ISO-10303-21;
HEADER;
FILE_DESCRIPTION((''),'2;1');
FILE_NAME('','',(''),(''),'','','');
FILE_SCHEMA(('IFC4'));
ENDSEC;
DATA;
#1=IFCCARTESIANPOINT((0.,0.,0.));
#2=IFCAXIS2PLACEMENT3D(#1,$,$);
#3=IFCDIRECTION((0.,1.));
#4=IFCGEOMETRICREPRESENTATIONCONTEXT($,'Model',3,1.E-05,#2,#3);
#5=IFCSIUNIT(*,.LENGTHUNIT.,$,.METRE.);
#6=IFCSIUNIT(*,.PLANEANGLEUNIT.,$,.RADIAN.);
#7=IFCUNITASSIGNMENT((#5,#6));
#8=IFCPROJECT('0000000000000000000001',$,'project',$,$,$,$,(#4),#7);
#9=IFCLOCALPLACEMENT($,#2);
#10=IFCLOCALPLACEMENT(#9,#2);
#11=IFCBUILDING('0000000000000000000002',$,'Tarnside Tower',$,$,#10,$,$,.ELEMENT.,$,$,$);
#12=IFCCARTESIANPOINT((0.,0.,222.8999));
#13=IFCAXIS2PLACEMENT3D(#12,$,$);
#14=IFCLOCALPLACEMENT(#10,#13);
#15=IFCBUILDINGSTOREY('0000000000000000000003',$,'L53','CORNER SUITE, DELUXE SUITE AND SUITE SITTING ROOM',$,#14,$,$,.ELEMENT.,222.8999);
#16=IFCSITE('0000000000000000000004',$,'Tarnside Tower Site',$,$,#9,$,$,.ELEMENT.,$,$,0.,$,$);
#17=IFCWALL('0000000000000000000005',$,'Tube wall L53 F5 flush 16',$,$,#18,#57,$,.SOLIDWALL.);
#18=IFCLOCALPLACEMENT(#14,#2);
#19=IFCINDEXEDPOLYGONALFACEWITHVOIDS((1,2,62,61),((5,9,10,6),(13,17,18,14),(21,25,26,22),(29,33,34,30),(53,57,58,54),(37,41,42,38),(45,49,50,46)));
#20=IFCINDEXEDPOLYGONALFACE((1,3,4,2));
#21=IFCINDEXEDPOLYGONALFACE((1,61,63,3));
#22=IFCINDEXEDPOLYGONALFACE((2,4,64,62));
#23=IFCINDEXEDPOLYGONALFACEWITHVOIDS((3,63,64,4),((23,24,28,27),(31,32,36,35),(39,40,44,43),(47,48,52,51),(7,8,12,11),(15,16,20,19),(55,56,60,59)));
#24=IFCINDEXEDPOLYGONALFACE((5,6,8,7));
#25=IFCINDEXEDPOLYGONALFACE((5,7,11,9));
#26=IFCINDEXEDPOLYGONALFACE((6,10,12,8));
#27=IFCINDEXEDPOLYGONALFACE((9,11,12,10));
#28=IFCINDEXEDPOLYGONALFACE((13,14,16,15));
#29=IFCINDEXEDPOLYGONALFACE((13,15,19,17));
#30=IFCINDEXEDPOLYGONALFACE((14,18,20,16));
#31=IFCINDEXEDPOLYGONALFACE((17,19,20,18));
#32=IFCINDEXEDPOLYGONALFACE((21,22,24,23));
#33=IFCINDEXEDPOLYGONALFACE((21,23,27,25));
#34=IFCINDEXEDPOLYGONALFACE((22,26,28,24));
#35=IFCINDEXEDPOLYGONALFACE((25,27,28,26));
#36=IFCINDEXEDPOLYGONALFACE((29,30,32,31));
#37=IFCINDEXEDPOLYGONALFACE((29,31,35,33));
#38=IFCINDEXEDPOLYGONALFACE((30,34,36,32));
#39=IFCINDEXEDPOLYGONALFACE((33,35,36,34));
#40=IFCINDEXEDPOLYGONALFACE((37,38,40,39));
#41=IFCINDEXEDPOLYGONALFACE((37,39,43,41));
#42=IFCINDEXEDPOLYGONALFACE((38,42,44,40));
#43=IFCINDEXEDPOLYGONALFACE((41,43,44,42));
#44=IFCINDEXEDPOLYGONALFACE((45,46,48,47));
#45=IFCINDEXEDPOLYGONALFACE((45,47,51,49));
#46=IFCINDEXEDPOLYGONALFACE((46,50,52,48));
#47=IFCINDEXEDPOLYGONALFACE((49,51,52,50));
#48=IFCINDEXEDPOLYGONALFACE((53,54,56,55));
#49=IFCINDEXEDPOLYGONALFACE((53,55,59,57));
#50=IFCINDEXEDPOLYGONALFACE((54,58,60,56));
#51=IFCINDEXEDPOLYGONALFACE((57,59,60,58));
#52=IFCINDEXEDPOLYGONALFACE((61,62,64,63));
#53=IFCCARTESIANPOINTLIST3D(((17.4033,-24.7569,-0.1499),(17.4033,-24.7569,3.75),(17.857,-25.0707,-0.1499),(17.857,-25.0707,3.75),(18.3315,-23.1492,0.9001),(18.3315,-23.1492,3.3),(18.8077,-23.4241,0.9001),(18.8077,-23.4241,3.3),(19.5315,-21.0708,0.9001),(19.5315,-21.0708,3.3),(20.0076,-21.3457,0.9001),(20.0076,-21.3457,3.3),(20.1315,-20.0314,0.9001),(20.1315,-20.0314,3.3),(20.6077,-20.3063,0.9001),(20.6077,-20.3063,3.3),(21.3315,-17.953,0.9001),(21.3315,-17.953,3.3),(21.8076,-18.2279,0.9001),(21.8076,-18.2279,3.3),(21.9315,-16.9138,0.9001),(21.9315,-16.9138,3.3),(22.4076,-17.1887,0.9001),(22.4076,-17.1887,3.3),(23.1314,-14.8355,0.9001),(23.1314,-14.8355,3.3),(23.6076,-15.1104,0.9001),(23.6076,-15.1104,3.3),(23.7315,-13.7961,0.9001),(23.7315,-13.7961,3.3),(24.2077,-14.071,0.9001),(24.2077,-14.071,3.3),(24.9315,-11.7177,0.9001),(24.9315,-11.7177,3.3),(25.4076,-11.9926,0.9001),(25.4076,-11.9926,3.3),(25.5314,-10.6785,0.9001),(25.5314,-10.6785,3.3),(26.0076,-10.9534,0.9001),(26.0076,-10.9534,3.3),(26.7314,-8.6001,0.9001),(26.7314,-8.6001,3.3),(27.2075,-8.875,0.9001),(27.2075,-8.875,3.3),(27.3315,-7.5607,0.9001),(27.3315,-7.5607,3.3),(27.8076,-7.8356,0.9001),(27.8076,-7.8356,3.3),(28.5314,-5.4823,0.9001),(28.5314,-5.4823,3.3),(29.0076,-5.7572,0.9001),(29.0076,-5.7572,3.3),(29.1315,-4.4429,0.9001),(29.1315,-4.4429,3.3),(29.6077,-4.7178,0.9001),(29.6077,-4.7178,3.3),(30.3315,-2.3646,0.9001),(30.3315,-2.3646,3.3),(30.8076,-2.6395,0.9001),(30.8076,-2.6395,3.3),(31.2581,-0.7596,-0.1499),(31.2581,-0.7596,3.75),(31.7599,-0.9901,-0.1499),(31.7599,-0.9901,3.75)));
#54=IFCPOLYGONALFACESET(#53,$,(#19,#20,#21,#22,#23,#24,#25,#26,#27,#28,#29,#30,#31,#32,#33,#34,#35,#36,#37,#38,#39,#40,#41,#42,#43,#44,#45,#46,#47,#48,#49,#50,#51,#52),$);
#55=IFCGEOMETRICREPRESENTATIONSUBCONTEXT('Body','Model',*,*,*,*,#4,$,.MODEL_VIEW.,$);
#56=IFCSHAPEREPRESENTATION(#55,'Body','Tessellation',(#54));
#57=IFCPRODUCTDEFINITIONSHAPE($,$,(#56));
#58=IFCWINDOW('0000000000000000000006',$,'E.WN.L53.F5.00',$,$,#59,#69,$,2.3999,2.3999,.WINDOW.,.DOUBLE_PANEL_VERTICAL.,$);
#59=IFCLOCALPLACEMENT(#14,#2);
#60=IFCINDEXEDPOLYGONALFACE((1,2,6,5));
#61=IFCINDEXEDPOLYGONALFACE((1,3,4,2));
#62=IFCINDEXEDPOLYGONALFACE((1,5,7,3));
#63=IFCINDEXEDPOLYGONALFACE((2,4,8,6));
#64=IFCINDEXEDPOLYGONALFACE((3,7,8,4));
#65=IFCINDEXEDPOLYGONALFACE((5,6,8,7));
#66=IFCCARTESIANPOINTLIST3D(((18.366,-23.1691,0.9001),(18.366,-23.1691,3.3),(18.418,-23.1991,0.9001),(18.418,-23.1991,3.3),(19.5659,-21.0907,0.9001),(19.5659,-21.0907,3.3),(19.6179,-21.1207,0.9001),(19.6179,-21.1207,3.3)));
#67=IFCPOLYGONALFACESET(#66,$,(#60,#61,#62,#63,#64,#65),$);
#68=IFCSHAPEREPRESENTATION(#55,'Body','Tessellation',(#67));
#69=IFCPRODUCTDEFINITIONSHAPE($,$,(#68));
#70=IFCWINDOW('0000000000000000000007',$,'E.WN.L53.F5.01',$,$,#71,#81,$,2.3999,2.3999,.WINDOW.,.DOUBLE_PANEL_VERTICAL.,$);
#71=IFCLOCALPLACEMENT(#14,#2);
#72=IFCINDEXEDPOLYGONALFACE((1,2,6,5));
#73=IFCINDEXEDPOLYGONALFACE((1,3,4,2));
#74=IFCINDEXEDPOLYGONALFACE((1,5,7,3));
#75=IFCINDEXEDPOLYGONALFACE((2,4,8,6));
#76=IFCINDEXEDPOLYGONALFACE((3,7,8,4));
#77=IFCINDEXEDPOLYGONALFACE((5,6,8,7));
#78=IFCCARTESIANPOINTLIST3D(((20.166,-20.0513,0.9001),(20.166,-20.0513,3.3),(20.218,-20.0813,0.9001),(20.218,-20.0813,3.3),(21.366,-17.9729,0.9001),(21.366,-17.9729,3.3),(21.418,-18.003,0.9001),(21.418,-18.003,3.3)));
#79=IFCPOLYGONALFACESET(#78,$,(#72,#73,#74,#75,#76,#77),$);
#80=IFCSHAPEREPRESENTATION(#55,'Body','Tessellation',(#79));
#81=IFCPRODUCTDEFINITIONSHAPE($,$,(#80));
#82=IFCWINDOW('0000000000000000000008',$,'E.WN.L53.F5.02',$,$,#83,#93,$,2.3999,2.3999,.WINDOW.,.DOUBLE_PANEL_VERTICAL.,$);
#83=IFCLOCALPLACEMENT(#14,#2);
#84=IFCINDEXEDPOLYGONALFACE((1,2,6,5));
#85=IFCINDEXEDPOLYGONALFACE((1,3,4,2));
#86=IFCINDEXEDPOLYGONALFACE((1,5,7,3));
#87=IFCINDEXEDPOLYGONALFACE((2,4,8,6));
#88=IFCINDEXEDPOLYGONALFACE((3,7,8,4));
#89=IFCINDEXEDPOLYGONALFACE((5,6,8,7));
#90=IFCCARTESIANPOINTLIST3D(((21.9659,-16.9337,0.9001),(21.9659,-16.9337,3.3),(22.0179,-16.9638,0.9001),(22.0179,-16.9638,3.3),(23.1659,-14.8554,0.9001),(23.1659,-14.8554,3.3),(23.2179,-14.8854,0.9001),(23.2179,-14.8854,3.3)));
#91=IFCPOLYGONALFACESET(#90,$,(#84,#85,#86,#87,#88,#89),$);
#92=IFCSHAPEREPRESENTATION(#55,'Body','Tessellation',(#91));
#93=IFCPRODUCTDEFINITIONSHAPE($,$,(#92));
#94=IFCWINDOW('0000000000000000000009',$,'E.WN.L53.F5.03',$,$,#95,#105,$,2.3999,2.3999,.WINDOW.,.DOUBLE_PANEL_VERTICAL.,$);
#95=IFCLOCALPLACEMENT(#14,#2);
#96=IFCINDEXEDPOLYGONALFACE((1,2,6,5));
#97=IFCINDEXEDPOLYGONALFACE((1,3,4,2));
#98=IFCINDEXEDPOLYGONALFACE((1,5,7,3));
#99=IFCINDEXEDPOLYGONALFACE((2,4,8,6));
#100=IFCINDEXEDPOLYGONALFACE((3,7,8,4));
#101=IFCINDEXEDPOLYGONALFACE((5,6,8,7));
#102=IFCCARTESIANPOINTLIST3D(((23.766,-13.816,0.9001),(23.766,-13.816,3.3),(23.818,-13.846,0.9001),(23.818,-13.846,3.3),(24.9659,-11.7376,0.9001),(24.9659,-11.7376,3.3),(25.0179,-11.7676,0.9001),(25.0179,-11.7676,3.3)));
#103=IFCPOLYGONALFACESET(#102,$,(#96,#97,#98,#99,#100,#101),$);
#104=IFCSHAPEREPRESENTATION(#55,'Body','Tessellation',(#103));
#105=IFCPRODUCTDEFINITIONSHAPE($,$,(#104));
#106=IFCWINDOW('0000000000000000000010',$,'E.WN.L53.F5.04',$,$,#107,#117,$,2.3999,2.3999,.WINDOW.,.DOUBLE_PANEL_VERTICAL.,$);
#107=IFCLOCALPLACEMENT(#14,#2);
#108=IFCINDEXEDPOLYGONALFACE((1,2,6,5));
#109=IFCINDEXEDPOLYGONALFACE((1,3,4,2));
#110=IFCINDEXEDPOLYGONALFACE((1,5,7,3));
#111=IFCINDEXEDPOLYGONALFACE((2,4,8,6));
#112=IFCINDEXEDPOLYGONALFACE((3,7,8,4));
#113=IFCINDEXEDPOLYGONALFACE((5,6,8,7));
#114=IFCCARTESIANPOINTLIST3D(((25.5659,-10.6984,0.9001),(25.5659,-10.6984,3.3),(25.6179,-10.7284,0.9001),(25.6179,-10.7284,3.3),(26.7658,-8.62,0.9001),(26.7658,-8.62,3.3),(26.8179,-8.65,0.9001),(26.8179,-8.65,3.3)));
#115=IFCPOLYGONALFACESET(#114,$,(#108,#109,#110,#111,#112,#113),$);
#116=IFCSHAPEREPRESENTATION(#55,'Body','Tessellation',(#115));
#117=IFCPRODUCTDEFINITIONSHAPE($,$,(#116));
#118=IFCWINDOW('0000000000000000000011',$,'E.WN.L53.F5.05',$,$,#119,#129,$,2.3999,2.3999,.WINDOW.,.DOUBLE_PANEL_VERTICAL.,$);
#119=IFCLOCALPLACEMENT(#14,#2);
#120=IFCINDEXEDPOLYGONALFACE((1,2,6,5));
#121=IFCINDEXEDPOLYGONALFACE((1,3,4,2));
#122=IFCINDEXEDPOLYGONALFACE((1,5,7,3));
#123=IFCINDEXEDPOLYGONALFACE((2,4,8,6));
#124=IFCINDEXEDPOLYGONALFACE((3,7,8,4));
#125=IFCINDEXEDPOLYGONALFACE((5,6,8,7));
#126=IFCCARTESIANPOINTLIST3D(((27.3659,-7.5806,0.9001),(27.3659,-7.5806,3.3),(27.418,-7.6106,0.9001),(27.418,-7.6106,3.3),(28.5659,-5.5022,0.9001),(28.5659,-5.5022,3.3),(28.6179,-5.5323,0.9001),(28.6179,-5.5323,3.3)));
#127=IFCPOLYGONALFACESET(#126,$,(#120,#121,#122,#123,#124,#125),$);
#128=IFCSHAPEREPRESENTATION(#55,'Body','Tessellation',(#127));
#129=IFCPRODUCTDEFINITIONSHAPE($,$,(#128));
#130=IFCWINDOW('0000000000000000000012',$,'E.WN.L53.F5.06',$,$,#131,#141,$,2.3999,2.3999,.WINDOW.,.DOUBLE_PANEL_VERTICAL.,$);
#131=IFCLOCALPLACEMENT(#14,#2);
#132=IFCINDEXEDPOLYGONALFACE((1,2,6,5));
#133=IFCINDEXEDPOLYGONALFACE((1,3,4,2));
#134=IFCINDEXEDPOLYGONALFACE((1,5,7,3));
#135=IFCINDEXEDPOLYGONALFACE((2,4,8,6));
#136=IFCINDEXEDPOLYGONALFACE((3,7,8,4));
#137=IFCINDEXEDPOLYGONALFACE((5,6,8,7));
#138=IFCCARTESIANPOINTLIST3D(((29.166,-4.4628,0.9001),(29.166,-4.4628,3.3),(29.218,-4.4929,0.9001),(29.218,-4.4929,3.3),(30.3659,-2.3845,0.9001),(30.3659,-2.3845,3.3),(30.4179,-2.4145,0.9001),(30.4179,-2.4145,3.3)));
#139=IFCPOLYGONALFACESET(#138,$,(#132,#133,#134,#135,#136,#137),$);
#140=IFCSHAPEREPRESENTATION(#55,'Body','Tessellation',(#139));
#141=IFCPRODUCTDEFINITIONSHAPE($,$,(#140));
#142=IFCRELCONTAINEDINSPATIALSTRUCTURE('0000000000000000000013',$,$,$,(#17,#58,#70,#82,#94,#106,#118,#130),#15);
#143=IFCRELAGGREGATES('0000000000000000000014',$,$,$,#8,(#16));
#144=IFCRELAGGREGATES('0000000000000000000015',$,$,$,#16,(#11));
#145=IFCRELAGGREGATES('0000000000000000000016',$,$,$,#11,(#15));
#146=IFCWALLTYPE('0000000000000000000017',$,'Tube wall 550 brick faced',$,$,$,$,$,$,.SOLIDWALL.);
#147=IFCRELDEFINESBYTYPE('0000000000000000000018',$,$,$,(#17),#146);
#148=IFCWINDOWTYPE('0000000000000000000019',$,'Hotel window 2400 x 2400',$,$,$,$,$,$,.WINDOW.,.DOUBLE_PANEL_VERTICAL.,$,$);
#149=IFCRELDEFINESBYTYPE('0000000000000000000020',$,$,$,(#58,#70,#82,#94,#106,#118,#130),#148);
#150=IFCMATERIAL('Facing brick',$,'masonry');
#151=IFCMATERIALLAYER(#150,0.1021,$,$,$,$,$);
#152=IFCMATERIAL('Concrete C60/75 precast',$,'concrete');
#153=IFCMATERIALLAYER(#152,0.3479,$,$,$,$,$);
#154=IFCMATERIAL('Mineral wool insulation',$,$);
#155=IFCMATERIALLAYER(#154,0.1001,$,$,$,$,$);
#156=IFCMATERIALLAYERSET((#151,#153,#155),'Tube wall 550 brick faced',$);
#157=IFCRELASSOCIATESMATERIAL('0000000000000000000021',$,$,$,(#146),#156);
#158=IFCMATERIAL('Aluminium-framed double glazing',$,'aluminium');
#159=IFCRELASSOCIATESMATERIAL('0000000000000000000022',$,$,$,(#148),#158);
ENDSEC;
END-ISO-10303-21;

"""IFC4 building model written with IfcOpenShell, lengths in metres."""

from ifc_helpers import new_model, si_unit, direction, frame, frame_2d, origin, place, context, subcontext, project, spatial, polyline, rectangle, outline, extrude, material, layer, layer_set, type_object, element, fill, save


model = new_model("IFC4")

# Units and contexts
model_context = context("Model", 3, precision=1e-05, world=origin(), true_north=direction((0.0, 1.0)))
body_context = subcontext(model_context, "Body", "Model", "MODEL_VIEW")
ifc_project = project(units=[si_unit("LENGTHUNIT", "METRE"), si_unit("PLANEANGLEUNIT", "RADIAN")], contexts=[model_context])

# Site, building, storey
site_placement = place(None, origin())
site = spatial("IfcSite", under=ifc_project, at=site_placement, Name="Tarnside Tower Site", CompositionType="ELEMENT", RefElevation=0.0)
building_placement = place(site_placement, origin())
building = spatial("IfcBuilding", under=site, at=building_placement, Name="Tarnside Tower", CompositionType="ELEMENT")
storey_placement = place(building_placement, frame((0.0, 0.0, 222.8999)))
storey = spatial("IfcBuildingStorey", under=building, at=storey_placement, Name="L53", Description="CORNER SUITE, DELUXE SUITE AND SUITE SITTING ROOM", CompositionType="ELEMENT", Elevation=222.8999)

# Shared definitions
ifc_material_1 = material(Name="Facing brick", Category="masonry")
ifc_layer_1 = layer(ifc_material_1, 0.1021)
ifc_material_2 = material(Name="Concrete C60/75 precast", Category="concrete")
ifc_layer_2 = layer(ifc_material_2, 0.3479)
ifc_material_3 = material(Name="Mineral wool insulation")
ifc_layer_3 = layer(ifc_material_3, 0.1001)
ifc_layer_set_1 = layer_set([ifc_layer_1, ifc_layer_2, ifc_layer_3], Name="Tube wall 550 brick faced")
wall_type_1 = type_object("IfcWallType", Name="Tube wall 550 brick faced", PredefinedType="SOLIDWALL", material=ifc_layer_set_1)

# Wall, openings, windows
wall_1_placement = place(storey_placement, frame((17.6301, -24.9138, -0.1499), z_axis=(0.0, 0.0, 1.0), x_axis=(0.499999, 0.866026, 0.0)))
wall_1 = element("IfcWall", 1, at=wall_1_placement, inside=storey, type_object=wall_type_1, Name="Tube wall L53 F5 flush 16", PredefinedType="SOLIDWALL", context=body_context, shape_type="SweptSolid", body=[
    extrude(outline(polyline([(-0.0225, -0.2749), (27.7834, -0.2749), (27.7322, 0.2749), (0.0225, 0.2749), (-0.0225, -0.2749)])), origin(), (0.0, 0.0, 1.0), 3.8999),
])
opening_1_placement = place(wall_1_placement, frame((1.8789, 0.0, 1.05)))
opening_1 = element("IfcOpeningElement", 2, at=opening_1_placement, cuts=wall_1, PredefinedType="OPENING", context=body_context, shape_type="SweptSolid", body=[
    extrude(rectangle(XDim=2.3999, YDim=2.3999, at=frame_2d((1.2, 1.2))), frame((0.0, 0.2852, 0.0), z_axis=(0.0, -1.0, 0.0), x_axis=(1.0, 0.0, 0.0)), (0.0, 0.0, 1.0), 0.5701),
])
opening_2_placement = place(wall_1_placement, frame((5.479, 0.0, 1.05)))
opening_2 = element("IfcOpeningElement", 3, at=opening_2_placement, cuts=wall_1, PredefinedType="OPENING", context=body_context, shape_type="SweptSolid", body=[
    extrude(rectangle(XDim=2.3999, YDim=2.3999, at=frame_2d((1.2, 1.2))), frame((0.0, 0.2852, 0.0), z_axis=(0.0, -1.0, 0.0), x_axis=(1.0, 0.0, 0.0)), (0.0, 0.0, 1.0), 0.5701),
])
opening_3_placement = place(wall_1_placement, frame((9.0789, 0.0, 1.05)))
opening_3 = element("IfcOpeningElement", 4, at=opening_3_placement, cuts=wall_1, PredefinedType="OPENING", context=body_context, shape_type="SweptSolid", body=[
    extrude(rectangle(XDim=2.3999, YDim=2.3999, at=frame_2d((1.2, 1.2))), frame((0.0, 0.2852, 0.0), z_axis=(0.0, -1.0, 0.0), x_axis=(1.0, 0.0, 0.0)), (0.0, 0.0, 1.0), 0.5701),
])
opening_4_placement = place(wall_1_placement, frame((12.679, 0.0, 1.05)))
opening_4 = element("IfcOpeningElement", 5, at=opening_4_placement, cuts=wall_1, PredefinedType="OPENING", context=body_context, shape_type="SweptSolid", body=[
    extrude(rectangle(XDim=2.3999, YDim=2.3999, at=frame_2d((1.2, 1.2))), frame((0.0, 0.2852, 0.0), z_axis=(0.0, -1.0, 0.0), x_axis=(1.0, 0.0, 0.0)), (0.0, 0.0, 1.0), 0.5701),
])
opening_5_placement = place(wall_1_placement, frame((16.2788, 0.0, 1.05)))
opening_5 = element("IfcOpeningElement", 6, at=opening_5_placement, cuts=wall_1, PredefinedType="OPENING", context=body_context, shape_type="SweptSolid", body=[
    extrude(rectangle(XDim=2.3999, YDim=2.3999, at=frame_2d((1.2, 1.2))), frame((0.0, 0.2852, 0.0), z_axis=(0.0, -1.0, 0.0), x_axis=(1.0, 0.0, 0.0)), (0.0, 0.0, 1.0), 0.5701),
])
opening_6_placement = place(wall_1_placement, frame((19.8789, 0.0, 1.05)))
opening_6 = element("IfcOpeningElement", 7, at=opening_6_placement, cuts=wall_1, PredefinedType="OPENING", context=body_context, shape_type="SweptSolid", body=[
    extrude(rectangle(XDim=2.3999, YDim=2.3999, at=frame_2d((1.2, 1.2))), frame((0.0, 0.2852, 0.0), z_axis=(0.0, -1.0, 0.0), x_axis=(1.0, 0.0, 0.0)), (0.0, 0.0, 1.0), 0.5701),
])
opening_7_placement = place(wall_1_placement, frame((23.479, 0.0, 1.05)))
opening_7 = element("IfcOpeningElement", 8, at=opening_7_placement, cuts=wall_1, PredefinedType="OPENING", context=body_context, shape_type="SweptSolid", body=[
    extrude(rectangle(XDim=2.3999, YDim=2.3999, at=frame_2d((1.2, 1.2))), frame((0.0, 0.2852, 0.0), z_axis=(0.0, -1.0, 0.0), x_axis=(1.0, 0.0, 0.0)), (0.0, 0.0, 1.0), 0.5701),
])
ifc_material_4 = material(Name="Aluminium-framed double glazing", Category="aluminium")
window_type = type_object("IfcWindowType", Name="Hotel window 2400 x 2400", PartitioningType="DOUBLE_PANEL_VERTICAL", PredefinedType="WINDOW", material=ifc_material_4)
window_1_placement = place(opening_1_placement, frame((0.0, 0.2051, 0.0)))
window_1 = element("IfcWindow", 9, at=window_1_placement, inside=storey, type_object=window_type, Name="E.WN.L53.F5.00", OverallHeight=2.3999, OverallWidth=2.3999, PartitioningType="DOUBLE_PANEL_VERTICAL", PredefinedType="WINDOW", context=body_context, shape_type="SweptSolid", body=[
    extrude(rectangle(XDim=2.3999, YDim=2.3999, at=frame_2d((1.2, 1.2))), frame((0.0, 0.03, 0.0), z_axis=(0.0, -1.0, 0.0), x_axis=(1.0, 0.0, 0.0)), (0.0, 0.0, 1.0), 0.0601),
])
fill(opening_1, window_1)
window_2_placement = place(opening_2_placement, frame((0.0, 0.2051, 0.0)))
window_2 = element("IfcWindow", 10, at=window_2_placement, inside=storey, type_object=window_type, Name="E.WN.L53.F5.01", OverallHeight=2.3999, OverallWidth=2.3999, PartitioningType="DOUBLE_PANEL_VERTICAL", PredefinedType="WINDOW", context=body_context, shape_type="SweptSolid", body=[
    extrude(rectangle(XDim=2.3999, YDim=2.3999, at=frame_2d((1.2, 1.2))), frame((0.0, 0.03, 0.0), z_axis=(0.0, -1.0, 0.0), x_axis=(1.0, 0.0, 0.0)), (0.0, 0.0, 1.0), 0.0601),
])
fill(opening_2, window_2)
window_3_placement = place(opening_3_placement, frame((0.0, 0.2051, 0.0)))
window_3 = element("IfcWindow", 11, at=window_3_placement, inside=storey, type_object=window_type, Name="E.WN.L53.F5.02", OverallHeight=2.3999, OverallWidth=2.3999, PartitioningType="DOUBLE_PANEL_VERTICAL", PredefinedType="WINDOW", context=body_context, shape_type="SweptSolid", body=[
    extrude(rectangle(XDim=2.3999, YDim=2.3999, at=frame_2d((1.2, 1.2))), frame((0.0, 0.03, 0.0), z_axis=(0.0, -1.0, 0.0), x_axis=(1.0, 0.0, 0.0)), (0.0, 0.0, 1.0), 0.0601),
])
fill(opening_3, window_3)
window_4_placement = place(opening_4_placement, frame((0.0, 0.2051, 0.0)))
window_4 = element("IfcWindow", 12, at=window_4_placement, inside=storey, type_object=window_type, Name="E.WN.L53.F5.03", OverallHeight=2.3999, OverallWidth=2.3999, PartitioningType="DOUBLE_PANEL_VERTICAL", PredefinedType="WINDOW", context=body_context, shape_type="SweptSolid", body=[
    extrude(rectangle(XDim=2.3999, YDim=2.3999, at=frame_2d((1.2, 1.2))), frame((0.0, 0.03, 0.0), z_axis=(0.0, -1.0, 0.0), x_axis=(1.0, 0.0, 0.0)), (0.0, 0.0, 1.0), 0.0601),
])
fill(opening_4, window_4)
window_5_placement = place(opening_5_placement, frame((0.0, 0.2051, 0.0)))
window_5 = element("IfcWindow", 13, at=window_5_placement, inside=storey, type_object=window_type, Name="E.WN.L53.F5.04", OverallHeight=2.3999, OverallWidth=2.3999, PartitioningType="DOUBLE_PANEL_VERTICAL", PredefinedType="WINDOW", context=body_context, shape_type="SweptSolid", body=[
    extrude(rectangle(XDim=2.3999, YDim=2.3999, at=frame_2d((1.2, 1.2))), frame((0.0, 0.03, 0.0), z_axis=(0.0, -1.0, 0.0), x_axis=(1.0, 0.0, 0.0)), (0.0, 0.0, 1.0), 0.0601),
])
fill(opening_5, window_5)
window_6_placement = place(opening_6_placement, frame((0.0, 0.2051, 0.0)))
window_6 = element("IfcWindow", 14, at=window_6_placement, inside=storey, type_object=window_type, Name="E.WN.L53.F5.05", OverallHeight=2.3999, OverallWidth=2.3999, PartitioningType="DOUBLE_PANEL_VERTICAL", PredefinedType="WINDOW", context=body_context, shape_type="SweptSolid", body=[
    extrude(rectangle(XDim=2.3999, YDim=2.3999, at=frame_2d((1.2, 1.2))), frame((0.0, 0.03, 0.0), z_axis=(0.0, -1.0, 0.0), x_axis=(1.0, 0.0, 0.0)), (0.0, 0.0, 1.0), 0.0601),
])
fill(opening_6, window_6)
window_7_placement = place(opening_7_placement, frame((0.0, 0.2051, 0.0)))
window_7 = element("IfcWindow", 15, at=window_7_placement, inside=storey, type_object=window_type, Name="E.WN.L53.F5.06", OverallHeight=2.3999, OverallWidth=2.3999, PartitioningType="DOUBLE_PANEL_VERTICAL", PredefinedType="WINDOW", context=body_context, shape_type="SweptSolid", body=[
    extrude(rectangle(XDim=2.3999, YDim=2.3999, at=frame_2d((1.2, 1.2))), frame((0.0, 0.03, 0.0), z_axis=(0.0, -1.0, 0.0), x_axis=(1.0, 0.0, 0.0)), (0.0, 0.0, 1.0), 0.0601),
])
fill(opening_7, window_7)

save(model, "model.ifc")
